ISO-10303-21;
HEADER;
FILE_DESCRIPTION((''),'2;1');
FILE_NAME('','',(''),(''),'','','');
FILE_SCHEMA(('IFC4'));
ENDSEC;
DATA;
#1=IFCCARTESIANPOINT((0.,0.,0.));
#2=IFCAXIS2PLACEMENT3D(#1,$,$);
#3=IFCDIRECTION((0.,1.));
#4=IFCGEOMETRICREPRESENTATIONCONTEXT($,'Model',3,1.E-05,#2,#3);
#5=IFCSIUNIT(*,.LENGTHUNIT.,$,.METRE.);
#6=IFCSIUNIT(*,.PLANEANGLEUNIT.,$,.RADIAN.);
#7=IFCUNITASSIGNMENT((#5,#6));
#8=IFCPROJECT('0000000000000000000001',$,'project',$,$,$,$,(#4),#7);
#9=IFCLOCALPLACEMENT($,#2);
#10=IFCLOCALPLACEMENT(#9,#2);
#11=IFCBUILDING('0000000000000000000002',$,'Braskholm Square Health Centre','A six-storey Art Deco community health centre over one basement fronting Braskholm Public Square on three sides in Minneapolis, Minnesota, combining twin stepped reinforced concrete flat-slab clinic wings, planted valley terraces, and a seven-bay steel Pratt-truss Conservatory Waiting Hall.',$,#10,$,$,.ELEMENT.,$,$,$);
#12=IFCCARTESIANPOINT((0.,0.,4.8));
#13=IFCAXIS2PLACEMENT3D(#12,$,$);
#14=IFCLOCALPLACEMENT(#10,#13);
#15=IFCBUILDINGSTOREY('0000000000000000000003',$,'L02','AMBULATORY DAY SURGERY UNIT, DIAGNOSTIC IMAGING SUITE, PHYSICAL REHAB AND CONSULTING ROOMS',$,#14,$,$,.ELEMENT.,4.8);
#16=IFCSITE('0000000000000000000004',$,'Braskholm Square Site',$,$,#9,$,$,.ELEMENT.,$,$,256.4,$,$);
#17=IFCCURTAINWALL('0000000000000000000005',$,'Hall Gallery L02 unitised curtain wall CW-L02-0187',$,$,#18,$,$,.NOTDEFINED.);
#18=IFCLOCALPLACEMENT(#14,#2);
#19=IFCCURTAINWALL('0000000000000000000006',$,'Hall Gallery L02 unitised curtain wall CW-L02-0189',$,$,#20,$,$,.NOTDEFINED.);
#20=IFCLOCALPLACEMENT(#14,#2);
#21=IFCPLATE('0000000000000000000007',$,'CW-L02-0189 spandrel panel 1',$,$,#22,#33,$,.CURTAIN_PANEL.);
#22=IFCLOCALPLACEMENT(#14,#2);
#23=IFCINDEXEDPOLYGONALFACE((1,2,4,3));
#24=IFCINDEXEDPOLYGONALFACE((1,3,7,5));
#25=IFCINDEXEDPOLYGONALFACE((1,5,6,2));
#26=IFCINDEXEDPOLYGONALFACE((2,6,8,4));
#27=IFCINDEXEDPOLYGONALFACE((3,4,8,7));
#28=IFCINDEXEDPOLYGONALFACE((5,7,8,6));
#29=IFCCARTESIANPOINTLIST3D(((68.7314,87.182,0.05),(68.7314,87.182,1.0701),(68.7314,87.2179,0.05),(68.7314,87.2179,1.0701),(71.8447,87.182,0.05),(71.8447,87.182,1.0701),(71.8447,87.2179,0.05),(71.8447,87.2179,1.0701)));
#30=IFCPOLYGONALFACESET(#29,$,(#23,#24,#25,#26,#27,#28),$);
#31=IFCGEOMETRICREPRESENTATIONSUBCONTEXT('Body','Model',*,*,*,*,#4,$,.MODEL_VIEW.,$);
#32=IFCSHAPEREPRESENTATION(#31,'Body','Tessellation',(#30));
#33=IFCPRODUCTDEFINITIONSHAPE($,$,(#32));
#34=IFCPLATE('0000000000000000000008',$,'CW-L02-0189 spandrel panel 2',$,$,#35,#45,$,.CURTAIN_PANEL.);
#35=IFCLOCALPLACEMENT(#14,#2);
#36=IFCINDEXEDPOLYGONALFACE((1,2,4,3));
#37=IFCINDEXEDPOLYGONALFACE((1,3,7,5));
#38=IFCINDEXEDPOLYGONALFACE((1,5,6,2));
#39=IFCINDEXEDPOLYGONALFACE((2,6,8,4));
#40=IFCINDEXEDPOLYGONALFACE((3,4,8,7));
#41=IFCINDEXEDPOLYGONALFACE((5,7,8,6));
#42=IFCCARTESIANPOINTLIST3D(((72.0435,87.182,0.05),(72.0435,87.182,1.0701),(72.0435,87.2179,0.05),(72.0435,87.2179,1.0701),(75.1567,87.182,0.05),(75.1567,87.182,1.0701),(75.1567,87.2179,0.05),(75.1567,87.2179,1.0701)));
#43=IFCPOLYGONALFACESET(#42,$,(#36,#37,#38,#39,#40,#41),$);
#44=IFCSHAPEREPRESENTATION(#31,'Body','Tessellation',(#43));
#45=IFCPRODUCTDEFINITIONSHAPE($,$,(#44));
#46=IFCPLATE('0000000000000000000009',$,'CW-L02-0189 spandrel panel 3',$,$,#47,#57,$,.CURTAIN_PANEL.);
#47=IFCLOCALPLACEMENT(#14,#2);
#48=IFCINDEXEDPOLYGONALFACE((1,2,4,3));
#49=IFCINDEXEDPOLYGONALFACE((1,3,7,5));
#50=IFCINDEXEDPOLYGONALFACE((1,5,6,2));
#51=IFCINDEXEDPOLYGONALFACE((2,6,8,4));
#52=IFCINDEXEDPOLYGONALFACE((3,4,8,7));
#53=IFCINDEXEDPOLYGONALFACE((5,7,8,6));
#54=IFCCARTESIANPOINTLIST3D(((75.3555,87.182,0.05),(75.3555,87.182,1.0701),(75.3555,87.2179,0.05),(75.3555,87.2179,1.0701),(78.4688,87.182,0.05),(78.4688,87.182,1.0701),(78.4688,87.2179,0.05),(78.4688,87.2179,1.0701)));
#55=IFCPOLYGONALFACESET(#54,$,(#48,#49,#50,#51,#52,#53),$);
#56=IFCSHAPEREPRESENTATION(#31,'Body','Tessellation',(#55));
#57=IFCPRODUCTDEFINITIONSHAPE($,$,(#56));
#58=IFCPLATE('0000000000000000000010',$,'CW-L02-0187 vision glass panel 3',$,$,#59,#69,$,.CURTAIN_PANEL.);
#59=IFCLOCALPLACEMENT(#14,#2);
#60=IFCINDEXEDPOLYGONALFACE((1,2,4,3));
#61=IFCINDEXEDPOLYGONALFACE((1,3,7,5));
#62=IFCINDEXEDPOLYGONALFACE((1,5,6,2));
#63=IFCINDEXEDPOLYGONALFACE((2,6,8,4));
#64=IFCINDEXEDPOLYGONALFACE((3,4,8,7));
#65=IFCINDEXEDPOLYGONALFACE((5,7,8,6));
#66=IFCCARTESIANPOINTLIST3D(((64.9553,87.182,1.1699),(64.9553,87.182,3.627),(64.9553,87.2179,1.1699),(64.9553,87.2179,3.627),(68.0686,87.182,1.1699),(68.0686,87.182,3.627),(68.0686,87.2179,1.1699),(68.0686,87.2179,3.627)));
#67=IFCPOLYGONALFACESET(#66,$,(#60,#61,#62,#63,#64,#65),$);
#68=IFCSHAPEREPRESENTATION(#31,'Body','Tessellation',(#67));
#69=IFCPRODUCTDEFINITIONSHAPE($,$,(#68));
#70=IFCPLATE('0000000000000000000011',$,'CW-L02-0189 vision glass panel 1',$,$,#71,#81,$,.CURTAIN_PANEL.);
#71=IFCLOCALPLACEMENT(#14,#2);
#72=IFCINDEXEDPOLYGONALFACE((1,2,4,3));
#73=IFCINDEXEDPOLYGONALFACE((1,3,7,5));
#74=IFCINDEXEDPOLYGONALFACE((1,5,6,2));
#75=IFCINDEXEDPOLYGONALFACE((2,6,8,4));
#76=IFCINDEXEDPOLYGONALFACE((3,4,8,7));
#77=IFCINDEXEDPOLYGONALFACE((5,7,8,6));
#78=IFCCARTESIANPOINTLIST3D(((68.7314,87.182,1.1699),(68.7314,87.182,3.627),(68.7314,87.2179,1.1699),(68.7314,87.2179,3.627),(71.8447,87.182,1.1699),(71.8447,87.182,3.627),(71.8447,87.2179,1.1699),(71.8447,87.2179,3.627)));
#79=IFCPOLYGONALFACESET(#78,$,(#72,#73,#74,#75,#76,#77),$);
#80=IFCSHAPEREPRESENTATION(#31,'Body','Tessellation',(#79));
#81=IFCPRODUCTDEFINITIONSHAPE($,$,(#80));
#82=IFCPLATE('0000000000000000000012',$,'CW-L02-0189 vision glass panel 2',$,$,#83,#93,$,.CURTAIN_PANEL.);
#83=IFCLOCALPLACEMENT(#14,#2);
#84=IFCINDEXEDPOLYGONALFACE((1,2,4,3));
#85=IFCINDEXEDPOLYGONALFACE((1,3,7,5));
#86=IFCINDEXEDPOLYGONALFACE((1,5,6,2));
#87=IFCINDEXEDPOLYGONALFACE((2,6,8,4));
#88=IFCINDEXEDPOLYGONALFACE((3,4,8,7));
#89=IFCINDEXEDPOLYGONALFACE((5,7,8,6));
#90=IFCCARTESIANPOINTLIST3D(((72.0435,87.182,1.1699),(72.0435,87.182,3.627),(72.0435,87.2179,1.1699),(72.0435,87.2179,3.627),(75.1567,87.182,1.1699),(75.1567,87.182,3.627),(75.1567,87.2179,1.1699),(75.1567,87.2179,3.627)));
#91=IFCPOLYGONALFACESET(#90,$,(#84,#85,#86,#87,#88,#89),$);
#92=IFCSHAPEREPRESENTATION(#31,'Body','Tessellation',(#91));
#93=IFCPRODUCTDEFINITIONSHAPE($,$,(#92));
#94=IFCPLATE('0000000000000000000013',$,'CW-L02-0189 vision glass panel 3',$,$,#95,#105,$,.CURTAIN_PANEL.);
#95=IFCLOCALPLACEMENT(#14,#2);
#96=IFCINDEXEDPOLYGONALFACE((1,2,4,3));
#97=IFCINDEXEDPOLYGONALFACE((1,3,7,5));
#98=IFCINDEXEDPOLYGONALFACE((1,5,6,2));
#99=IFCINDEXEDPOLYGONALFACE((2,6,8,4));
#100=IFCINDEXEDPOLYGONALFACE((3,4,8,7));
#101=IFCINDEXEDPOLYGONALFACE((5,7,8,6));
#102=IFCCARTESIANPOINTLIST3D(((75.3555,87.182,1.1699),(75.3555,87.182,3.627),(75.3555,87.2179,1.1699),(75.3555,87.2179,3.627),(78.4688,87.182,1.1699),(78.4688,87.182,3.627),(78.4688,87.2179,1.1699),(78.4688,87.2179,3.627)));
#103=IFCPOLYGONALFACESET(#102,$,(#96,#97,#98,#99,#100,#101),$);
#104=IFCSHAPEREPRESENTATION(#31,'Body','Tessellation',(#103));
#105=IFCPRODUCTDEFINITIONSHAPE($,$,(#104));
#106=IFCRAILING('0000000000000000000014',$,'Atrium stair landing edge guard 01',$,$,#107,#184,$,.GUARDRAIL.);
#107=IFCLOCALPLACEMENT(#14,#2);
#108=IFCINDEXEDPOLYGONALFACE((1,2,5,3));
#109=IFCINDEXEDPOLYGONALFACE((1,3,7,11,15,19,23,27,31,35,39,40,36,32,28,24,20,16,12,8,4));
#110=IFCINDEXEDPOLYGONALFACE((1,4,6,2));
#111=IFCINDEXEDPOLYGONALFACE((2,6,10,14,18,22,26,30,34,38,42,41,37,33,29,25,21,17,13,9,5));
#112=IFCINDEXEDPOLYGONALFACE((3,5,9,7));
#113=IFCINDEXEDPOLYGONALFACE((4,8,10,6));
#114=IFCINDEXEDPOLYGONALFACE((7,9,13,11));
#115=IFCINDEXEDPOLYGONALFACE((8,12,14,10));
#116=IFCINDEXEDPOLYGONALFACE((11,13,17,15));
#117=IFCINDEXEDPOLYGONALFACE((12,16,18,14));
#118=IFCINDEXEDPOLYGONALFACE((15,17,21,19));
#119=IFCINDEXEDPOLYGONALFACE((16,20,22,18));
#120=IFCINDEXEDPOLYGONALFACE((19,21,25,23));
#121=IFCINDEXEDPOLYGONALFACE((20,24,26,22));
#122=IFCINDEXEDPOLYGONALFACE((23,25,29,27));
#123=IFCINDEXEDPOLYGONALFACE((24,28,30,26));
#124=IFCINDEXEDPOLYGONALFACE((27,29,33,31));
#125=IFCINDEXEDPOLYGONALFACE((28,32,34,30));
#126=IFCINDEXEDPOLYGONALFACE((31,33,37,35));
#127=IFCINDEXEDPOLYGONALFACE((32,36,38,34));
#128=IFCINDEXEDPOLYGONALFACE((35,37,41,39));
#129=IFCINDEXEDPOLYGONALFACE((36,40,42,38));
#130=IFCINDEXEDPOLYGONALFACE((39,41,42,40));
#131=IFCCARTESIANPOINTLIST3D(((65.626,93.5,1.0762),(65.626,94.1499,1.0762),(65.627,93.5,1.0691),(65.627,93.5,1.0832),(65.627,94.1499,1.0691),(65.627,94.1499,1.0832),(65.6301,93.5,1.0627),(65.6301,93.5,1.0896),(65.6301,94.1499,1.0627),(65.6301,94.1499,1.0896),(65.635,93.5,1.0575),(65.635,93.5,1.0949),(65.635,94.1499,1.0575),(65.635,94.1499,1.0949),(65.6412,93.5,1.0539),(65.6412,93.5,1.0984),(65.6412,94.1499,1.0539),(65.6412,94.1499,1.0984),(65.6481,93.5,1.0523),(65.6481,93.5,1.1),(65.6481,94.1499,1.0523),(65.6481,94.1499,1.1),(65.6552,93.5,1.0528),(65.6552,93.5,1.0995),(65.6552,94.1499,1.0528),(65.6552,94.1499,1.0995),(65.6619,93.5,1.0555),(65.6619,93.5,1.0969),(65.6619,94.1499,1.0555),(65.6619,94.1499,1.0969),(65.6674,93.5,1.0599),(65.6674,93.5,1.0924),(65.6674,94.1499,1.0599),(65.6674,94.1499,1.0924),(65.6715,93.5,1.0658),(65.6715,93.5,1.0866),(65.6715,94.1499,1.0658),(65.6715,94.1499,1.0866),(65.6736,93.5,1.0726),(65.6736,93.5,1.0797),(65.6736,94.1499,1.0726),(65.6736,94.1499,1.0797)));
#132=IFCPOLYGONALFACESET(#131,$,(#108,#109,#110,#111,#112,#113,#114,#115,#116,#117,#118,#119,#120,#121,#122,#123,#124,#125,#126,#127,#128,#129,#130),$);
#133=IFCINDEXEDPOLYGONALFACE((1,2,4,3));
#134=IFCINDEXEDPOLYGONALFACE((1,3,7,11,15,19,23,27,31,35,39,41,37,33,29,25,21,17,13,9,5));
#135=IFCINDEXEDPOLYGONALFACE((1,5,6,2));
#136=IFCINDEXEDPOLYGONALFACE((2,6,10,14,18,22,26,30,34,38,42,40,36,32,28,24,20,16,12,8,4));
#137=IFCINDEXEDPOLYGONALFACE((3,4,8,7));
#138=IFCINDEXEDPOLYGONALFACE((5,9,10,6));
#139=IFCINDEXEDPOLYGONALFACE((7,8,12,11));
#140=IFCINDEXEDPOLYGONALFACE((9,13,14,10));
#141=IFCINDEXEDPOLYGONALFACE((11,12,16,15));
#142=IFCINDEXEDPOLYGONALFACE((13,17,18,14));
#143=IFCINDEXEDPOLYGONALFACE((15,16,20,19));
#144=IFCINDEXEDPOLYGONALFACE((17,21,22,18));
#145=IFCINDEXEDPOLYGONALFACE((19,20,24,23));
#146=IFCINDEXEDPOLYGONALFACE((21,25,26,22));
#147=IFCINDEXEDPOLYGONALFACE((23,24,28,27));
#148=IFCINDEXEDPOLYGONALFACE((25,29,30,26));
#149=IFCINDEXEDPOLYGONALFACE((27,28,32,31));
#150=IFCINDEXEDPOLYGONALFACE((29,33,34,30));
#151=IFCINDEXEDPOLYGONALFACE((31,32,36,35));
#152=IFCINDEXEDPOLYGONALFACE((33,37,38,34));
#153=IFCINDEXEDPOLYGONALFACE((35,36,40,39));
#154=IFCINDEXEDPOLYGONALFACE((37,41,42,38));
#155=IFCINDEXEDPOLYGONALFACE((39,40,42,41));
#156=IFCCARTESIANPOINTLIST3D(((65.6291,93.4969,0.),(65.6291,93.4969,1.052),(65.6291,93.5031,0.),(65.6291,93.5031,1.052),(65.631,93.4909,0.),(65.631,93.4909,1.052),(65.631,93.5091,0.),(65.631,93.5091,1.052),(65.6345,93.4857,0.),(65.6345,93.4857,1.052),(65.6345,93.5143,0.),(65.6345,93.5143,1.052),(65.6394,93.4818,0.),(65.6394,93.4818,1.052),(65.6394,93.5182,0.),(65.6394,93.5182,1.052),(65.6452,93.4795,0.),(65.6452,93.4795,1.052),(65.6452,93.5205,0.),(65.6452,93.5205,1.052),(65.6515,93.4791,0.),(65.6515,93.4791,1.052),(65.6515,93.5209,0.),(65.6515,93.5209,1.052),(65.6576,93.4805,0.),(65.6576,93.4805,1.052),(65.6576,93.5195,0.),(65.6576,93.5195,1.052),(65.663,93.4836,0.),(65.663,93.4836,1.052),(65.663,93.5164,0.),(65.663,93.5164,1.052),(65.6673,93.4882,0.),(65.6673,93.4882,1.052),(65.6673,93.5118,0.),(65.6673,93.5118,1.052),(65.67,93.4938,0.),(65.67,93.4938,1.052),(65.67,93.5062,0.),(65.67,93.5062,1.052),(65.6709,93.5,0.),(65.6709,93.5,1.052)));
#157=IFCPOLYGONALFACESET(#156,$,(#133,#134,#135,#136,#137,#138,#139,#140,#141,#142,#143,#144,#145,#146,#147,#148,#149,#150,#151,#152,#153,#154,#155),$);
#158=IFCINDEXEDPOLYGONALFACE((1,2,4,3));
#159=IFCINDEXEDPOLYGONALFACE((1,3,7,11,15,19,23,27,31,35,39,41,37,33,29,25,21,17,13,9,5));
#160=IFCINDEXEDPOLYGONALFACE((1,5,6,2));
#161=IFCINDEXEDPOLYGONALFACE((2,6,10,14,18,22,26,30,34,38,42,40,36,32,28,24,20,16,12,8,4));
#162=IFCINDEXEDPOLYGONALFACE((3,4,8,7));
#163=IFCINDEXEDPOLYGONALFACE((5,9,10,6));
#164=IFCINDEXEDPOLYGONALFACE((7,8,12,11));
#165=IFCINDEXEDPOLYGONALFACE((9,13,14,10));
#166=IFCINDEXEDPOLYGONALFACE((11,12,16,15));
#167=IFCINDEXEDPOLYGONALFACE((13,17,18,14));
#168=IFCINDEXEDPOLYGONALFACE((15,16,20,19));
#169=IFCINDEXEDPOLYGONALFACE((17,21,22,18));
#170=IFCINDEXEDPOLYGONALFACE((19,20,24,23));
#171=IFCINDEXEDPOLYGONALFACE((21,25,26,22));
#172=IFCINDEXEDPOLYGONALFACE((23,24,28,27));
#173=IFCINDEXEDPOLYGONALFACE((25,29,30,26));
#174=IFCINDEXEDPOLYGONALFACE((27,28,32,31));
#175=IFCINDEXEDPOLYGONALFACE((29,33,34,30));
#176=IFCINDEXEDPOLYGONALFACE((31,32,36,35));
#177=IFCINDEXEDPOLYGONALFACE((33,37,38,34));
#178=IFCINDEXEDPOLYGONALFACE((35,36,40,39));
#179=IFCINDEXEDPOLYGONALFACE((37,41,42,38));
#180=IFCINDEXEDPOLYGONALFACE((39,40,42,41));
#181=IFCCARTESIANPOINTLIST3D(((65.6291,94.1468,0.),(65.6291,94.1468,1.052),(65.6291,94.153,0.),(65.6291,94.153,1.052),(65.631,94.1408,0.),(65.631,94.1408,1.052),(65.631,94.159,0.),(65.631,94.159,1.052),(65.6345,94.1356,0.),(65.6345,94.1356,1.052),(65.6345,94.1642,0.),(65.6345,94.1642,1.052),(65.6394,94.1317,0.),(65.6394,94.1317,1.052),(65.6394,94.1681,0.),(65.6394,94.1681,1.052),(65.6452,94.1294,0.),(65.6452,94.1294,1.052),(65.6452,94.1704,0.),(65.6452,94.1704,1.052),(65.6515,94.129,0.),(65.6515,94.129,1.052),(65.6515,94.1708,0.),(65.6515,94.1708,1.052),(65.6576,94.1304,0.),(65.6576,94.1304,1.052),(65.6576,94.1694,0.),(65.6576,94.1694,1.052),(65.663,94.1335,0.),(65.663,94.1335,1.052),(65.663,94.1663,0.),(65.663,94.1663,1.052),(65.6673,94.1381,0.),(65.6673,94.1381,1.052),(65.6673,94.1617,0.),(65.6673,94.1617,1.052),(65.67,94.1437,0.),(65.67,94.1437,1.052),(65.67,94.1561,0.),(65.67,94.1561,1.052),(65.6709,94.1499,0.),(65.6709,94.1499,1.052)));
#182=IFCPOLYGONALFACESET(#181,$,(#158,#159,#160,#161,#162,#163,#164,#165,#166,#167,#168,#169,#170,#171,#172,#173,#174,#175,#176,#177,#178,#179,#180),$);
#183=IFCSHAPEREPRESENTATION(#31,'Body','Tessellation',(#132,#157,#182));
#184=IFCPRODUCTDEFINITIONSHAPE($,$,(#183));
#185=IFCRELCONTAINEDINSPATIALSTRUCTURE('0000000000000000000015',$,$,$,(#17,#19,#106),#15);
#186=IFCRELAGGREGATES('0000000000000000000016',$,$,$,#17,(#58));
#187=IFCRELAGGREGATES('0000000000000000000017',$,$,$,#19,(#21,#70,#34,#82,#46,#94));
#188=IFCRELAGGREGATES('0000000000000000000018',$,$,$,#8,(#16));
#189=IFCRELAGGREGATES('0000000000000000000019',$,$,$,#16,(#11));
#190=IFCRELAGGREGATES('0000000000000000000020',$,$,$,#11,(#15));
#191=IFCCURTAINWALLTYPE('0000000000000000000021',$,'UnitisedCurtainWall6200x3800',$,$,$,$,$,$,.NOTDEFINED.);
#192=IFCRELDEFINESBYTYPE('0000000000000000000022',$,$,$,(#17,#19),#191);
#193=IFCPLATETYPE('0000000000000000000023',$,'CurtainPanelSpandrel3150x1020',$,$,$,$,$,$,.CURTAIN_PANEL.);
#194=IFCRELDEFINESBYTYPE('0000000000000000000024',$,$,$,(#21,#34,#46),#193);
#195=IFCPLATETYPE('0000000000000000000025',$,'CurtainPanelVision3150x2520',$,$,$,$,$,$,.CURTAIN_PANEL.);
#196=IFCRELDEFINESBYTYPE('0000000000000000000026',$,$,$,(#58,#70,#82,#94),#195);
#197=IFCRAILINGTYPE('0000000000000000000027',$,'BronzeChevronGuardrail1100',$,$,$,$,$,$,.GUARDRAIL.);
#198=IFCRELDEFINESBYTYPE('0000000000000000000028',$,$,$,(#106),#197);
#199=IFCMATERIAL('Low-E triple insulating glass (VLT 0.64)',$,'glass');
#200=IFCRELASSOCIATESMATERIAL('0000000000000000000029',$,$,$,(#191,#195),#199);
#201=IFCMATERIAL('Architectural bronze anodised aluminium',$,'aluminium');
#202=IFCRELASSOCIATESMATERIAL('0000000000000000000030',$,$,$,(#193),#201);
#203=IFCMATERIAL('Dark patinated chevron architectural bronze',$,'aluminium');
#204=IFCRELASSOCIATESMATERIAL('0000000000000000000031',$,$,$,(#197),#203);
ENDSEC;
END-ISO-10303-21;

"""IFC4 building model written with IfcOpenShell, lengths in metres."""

from ifc_helpers import new_model, si_unit, direction, frame, origin, origin_2d, place, context, subcontext, project, spatial, rectangle, circle, extrude, material, type_object, element, aggregate, save


model = new_model("IFC4")

# Units and contexts
model_context = context("Model", 3, precision=1e-05, world=origin(), true_north=direction((0.0, 1.0)))
body_context = subcontext(model_context, "Body", "Model", "MODEL_VIEW")
ifc_project = project(units=[si_unit("LENGTHUNIT", "METRE"), si_unit("PLANEANGLEUNIT", "RADIAN")], contexts=[model_context])

# Site, building, storey
site_placement = place(None, origin())
site = spatial("IfcSite", under=ifc_project, at=site_placement, Name="Braskholm Square Site", CompositionType="ELEMENT", RefElevation=256.4)
building_placement = place(site_placement, origin())
building = spatial("IfcBuilding", under=site, at=building_placement, Name="Braskholm Square Health Centre", Description="A six-storey Art Deco community health centre over one basement fronting Braskholm Public Square on three sides in Minneapolis, Minnesota, combining twin stepped reinforced concrete flat-slab clinic wings, planted valley terraces, and a seven-bay steel Pratt-truss Conservatory Waiting Hall.", CompositionType="ELEMENT")
storey_placement = place(building_placement, frame((0.0, 0.0, 4.8)))
storey = spatial("IfcBuildingStorey", under=building, at=storey_placement, Name="L02", Description="AMBULATORY DAY SURGERY UNIT, DIAGNOSTIC IMAGING SUITE, PHYSICAL REHAB AND CONSULTING ROOMS", CompositionType="ELEMENT", Elevation=4.8)

# Curtain walls
ifc_material_1 = material(Name="Low-E triple insulating glass (VLT 0.64)", Category="glass")
curtain_wall_type = type_object("IfcCurtainWallType", Name="UnitisedCurtainWall6200x3800", PredefinedType="NOTDEFINED", material=ifc_material_1)
curtain_wall_1_placement = place(storey_placement, origin())
curtain_wall_1 = element("IfcCurtainWall", 1, at=curtain_wall_1_placement, inside=storey, type_object=curtain_wall_type, Name="Hall Gallery L02 unitised curtain wall CW-L02-0187", PredefinedType="NOTDEFINED")
ifc_material_2 = material(Name="Architectural bronze anodised aluminium", Category="aluminium")
curtain_wall_2_placement = place(storey_placement, origin())
curtain_wall_2 = element("IfcCurtainWall", 2, at=curtain_wall_2_placement, inside=storey, type_object=curtain_wall_type, Name="Hall Gallery L02 unitised curtain wall CW-L02-0189", PredefinedType="NOTDEFINED")

# Plates
plate_type_1 = type_object("IfcPlateType", Name="CurtainPanelSpandrel3150x1020", PredefinedType="CURTAIN_PANEL", material=ifc_material_2)
plate_1_placement = place(storey_placement, frame((70.2881, 87.2, 0.05), z_axis=(0.0, 0.0, 1.0), x_axis=(1.0, 0.0, 0.0)))
plate_1 = element("IfcPlate", 3, at=plate_1_placement, type_object=plate_type_1, Name="CW-L02-0189 spandrel panel 1", PredefinedType="CURTAIN_PANEL", context=body_context, shape_type="SweptSolid", body=[
    extrude(rectangle(XDim=3.1133, YDim=0.0359, at=origin_2d()), origin(), (0.0, 0.0, 1.0), 1.02),
])
plate_2_placement = place(storey_placement, frame((73.6001, 87.2, 0.05), z_axis=(0.0, 0.0, 1.0), x_axis=(1.0, 0.0, 0.0)))
plate_2 = element("IfcPlate", 4, at=plate_2_placement, type_object=plate_type_1, Name="CW-L02-0189 spandrel panel 2", PredefinedType="CURTAIN_PANEL", context=body_context, shape_type="SweptSolid", body=[
    extrude(rectangle(XDim=3.1133, YDim=0.0359, at=origin_2d()), origin(), (0.0, 0.0, 1.0), 1.02),
])
plate_3_placement = place(storey_placement, frame((76.9121, 87.2, 0.05), z_axis=(0.0, 0.0, 1.0), x_axis=(1.0, 0.0, 0.0)))
plate_3 = element("IfcPlate", 5, at=plate_3_placement, type_object=plate_type_1, Name="CW-L02-0189 spandrel panel 3", PredefinedType="CURTAIN_PANEL", context=body_context, shape_type="SweptSolid", body=[
    extrude(rectangle(XDim=3.1133, YDim=0.0359, at=origin_2d()), origin(), (0.0, 0.0, 1.0), 1.02),
])
plate_type_2 = type_object("IfcPlateType", Name="CurtainPanelVision3150x2520", PredefinedType="CURTAIN_PANEL", material=ifc_material_1)
plate_4_placement = place(storey_placement, frame((66.512, 87.2, 1.1699), z_axis=(0.0, 0.0, 1.0), x_axis=(1.0, 0.0, 0.0)))
plate_4 = element("IfcPlate", 6, at=plate_4_placement, type_object=plate_type_2, Name="CW-L02-0187 vision glass panel 3", PredefinedType="CURTAIN_PANEL", context=body_context, shape_type="SweptSolid", body=[
    extrude(rectangle(XDim=3.1133, YDim=0.0359, at=origin_2d()), origin(), (0.0, 0.0, 1.0), 2.457),
])
aggregate(curtain_wall_1, [plate_4])
plate_5_placement = place(storey_placement, frame((70.2881, 87.2, 1.1699), z_axis=(0.0, 0.0, 1.0), x_axis=(1.0, 0.0, 0.0)))
plate_5 = element("IfcPlate", 7, at=plate_5_placement, type_object=plate_type_2, Name="CW-L02-0189 vision glass panel 1", PredefinedType="CURTAIN_PANEL", context=body_context, shape_type="SweptSolid", body=[
    extrude(rectangle(XDim=3.1133, YDim=0.0359, at=origin_2d()), origin(), (0.0, 0.0, 1.0), 2.457),
])
plate_6_placement = place(storey_placement, frame((73.6001, 87.2, 1.1699), z_axis=(0.0, 0.0, 1.0), x_axis=(1.0, 0.0, 0.0)))
plate_6 = element("IfcPlate", 8, at=plate_6_placement, type_object=plate_type_2, Name="CW-L02-0189 vision glass panel 2", PredefinedType="CURTAIN_PANEL", context=body_context, shape_type="SweptSolid", body=[
    extrude(rectangle(XDim=3.1133, YDim=0.0359, at=origin_2d()), origin(), (0.0, 0.0, 1.0), 2.457),
])
plate_7_placement = place(storey_placement, frame((76.9121, 87.2, 1.1699), z_axis=(0.0, 0.0, 1.0), x_axis=(1.0, 0.0, 0.0)))
plate_7 = element("IfcPlate", 9, at=plate_7_placement, type_object=plate_type_2, Name="CW-L02-0189 vision glass panel 3", PredefinedType="CURTAIN_PANEL", context=body_context, shape_type="SweptSolid", body=[
    extrude(rectangle(XDim=3.1133, YDim=0.0359, at=origin_2d()), origin(), (0.0, 0.0, 1.0), 2.457),
])
aggregate(curtain_wall_2, [plate_1, plate_5, plate_2, plate_6, plate_3, plate_7])

# Railing
ifc_material_3 = material(Name="Dark patinated chevron architectural bronze", Category="aluminium")
railing_type = type_object("IfcRailingType", Name="BronzeChevronGuardrail1100", PredefinedType="GUARDRAIL", material=ifc_material_3)
railing_1_placement = place(storey_placement, frame((65.6499, 93.5, 0.0)))
element("IfcRailing", 10, at=railing_1_placement, inside=storey, type_object=railing_type, Name="Atrium stair landing edge guard 01", PredefinedType="GUARDRAIL", context=body_context, shape_type="SweptSolid", body=[
    extrude(circle(Radius=0.0239, at=origin_2d()), frame((0.0, 0.0, 1.0762), z_axis=(0.0, 1.0, 0.0), x_axis=(-1.0, 0.0, 0.0)), (0.0, 0.0, 1.0), 0.6499),
    extrude(circle(Radius=0.021, at=origin_2d()), origin(), (0.0, 0.0, 1.0), 1.052),
    extrude(circle(Radius=0.021, at=origin_2d()), frame((0.0, 0.6499, 0.0)), (0.0, 0.0, 1.0), 1.052),
])

save(model, "model.ifc")
